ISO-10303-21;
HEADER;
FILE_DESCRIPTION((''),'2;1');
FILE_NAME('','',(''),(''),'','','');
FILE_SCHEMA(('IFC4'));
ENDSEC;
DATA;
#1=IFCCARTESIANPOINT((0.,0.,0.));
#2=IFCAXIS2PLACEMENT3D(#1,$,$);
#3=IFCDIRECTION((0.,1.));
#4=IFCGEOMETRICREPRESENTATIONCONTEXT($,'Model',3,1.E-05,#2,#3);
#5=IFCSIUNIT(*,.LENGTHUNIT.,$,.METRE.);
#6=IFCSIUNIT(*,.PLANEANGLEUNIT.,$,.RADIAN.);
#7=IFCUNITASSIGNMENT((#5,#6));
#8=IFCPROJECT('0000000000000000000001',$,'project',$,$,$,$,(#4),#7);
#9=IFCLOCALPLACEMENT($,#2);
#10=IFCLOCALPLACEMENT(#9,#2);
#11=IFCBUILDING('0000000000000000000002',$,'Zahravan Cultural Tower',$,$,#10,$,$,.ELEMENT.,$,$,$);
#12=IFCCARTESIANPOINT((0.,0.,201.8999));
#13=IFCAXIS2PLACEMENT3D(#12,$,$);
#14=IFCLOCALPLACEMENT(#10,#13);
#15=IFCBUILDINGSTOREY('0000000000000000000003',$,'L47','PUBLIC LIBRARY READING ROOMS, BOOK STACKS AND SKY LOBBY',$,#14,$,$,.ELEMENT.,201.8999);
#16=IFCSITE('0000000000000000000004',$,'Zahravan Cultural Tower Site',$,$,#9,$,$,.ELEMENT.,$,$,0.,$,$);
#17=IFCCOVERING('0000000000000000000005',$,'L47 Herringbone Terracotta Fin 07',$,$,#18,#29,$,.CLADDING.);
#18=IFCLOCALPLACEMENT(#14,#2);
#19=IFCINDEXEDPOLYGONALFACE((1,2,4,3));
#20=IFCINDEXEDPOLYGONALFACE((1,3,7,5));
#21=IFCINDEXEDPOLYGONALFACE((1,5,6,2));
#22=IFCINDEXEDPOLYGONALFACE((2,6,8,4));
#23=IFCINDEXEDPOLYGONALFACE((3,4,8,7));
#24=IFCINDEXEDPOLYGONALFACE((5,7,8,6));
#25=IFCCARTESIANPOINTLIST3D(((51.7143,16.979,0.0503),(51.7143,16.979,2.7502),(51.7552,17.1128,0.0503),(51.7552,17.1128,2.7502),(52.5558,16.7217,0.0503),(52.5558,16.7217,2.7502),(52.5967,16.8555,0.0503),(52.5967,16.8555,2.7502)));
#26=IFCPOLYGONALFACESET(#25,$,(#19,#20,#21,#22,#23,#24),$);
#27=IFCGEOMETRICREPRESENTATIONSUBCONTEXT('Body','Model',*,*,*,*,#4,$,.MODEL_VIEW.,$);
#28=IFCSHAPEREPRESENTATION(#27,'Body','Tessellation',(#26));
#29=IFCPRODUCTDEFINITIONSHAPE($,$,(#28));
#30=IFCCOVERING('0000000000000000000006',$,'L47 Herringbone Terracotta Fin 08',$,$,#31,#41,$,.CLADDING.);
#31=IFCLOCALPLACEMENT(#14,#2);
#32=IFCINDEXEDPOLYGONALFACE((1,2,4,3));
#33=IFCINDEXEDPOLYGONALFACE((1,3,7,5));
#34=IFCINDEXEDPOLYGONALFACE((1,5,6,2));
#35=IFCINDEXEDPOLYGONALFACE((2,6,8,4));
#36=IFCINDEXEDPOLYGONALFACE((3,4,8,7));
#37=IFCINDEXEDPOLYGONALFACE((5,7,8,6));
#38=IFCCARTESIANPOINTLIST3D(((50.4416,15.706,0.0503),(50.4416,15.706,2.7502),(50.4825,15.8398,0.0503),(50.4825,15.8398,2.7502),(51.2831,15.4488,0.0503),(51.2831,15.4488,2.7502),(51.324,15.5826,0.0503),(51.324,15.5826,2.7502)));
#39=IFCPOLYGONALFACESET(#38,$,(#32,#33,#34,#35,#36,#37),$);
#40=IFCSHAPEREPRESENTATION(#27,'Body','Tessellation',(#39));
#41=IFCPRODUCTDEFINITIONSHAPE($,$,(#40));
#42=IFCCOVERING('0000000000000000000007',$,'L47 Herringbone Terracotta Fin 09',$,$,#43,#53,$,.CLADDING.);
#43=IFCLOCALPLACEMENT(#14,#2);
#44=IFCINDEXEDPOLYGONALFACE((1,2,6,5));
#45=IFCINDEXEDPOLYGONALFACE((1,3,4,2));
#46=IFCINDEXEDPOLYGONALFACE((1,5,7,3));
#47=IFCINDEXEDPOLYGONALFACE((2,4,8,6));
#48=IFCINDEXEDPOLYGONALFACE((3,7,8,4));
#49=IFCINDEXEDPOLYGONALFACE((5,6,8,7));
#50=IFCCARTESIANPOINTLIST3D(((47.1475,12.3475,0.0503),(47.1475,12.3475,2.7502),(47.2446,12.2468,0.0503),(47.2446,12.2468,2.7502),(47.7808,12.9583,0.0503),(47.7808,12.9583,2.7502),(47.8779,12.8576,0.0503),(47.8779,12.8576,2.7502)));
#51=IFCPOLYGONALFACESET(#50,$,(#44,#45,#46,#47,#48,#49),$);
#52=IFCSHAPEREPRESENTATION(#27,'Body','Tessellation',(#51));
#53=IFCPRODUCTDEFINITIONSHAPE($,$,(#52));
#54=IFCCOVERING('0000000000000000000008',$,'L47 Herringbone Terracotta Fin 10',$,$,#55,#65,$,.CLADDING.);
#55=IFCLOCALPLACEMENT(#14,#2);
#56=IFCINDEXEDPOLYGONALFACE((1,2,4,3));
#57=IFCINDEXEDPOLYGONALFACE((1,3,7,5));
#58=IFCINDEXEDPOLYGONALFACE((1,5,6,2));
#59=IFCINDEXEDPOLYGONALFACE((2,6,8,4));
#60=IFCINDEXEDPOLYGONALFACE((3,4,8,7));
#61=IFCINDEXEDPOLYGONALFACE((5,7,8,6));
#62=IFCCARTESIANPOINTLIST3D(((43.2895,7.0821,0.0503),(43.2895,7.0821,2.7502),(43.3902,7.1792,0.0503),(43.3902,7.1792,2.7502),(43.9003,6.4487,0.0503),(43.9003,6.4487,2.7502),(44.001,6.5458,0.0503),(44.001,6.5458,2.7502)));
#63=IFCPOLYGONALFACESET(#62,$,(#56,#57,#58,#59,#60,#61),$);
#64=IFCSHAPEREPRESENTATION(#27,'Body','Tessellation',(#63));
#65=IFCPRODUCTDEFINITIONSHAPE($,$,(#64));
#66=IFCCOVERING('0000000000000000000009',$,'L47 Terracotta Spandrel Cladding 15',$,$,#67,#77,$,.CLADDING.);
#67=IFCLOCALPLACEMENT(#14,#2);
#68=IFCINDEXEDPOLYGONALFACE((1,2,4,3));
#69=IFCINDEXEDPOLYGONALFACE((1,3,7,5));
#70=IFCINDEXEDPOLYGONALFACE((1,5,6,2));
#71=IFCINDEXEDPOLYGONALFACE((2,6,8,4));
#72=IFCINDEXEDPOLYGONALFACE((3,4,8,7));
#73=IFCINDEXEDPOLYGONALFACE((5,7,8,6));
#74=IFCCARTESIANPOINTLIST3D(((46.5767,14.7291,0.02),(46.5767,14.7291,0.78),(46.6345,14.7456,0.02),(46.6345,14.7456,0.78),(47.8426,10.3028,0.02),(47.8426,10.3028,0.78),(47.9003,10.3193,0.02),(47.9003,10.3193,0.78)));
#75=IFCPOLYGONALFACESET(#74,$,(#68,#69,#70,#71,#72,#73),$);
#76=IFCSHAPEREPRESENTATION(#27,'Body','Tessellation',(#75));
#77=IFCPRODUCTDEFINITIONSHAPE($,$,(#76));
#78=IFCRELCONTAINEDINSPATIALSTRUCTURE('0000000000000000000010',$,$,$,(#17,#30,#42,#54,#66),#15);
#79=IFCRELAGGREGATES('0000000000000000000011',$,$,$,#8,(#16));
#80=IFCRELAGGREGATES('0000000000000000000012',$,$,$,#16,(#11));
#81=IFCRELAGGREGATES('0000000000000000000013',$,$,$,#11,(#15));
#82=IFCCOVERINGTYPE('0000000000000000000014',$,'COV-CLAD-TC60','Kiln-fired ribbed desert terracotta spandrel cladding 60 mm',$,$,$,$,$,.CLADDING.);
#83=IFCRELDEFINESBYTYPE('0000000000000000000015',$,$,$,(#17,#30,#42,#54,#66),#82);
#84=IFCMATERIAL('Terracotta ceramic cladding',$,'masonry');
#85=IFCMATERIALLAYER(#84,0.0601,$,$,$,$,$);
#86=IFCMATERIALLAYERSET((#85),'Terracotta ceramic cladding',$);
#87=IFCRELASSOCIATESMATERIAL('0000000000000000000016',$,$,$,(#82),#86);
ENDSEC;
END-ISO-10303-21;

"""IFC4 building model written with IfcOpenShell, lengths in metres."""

from ifc_helpers import new_model, si_unit, direction, frame, origin, origin_2d, place, context, subcontext, project, spatial, rectangle, extrude, source, transform, mapped, material, layer, layer_set, type_object, element, save


model = new_model("IFC4")

# Units and contexts
model_context = context("Model", 3, precision=1e-05, world=origin(), true_north=direction((0.0, 1.0)))
body_context = subcontext(model_context, "Body", "Model", "MODEL_VIEW")
ifc_project = project(units=[si_unit("LENGTHUNIT", "METRE"), si_unit("PLANEANGLEUNIT", "RADIAN")], contexts=[model_context])

# Site, building, storey
site_placement = place(None, origin())
site = spatial("IfcSite", under=ifc_project, at=site_placement, Name="Zahravan Cultural Tower Site", CompositionType="ELEMENT", RefElevation=0.0)
building_placement = place(site_placement, origin())
building = spatial("IfcBuilding", under=site, at=building_placement, Name="Zahravan Cultural Tower", CompositionType="ELEMENT")
storey_placement = place(building_placement, frame((0.0, 0.0, 201.8999)))
storey = spatial("IfcBuildingStorey", under=building, at=storey_placement, Name="L47", Description="PUBLIC LIBRARY READING ROOMS, BOOK STACKS AND SKY LOBBY", CompositionType="ELEMENT", Elevation=201.8999)

# Coverings
ifc_material_1 = material(Name="Terracotta ceramic cladding", Category="masonry")
ifc_layer_1 = layer(ifc_material_1, 0.0601)
ifc_layer_set_1 = layer_set([ifc_layer_1], Name="Terracotta ceramic cladding")
covering_type = type_object("IfcCoveringType", Name="COV-CLAD-TC60", Description="Kiln-fired ribbed desert terracotta spandrel cladding 60 mm", PredefinedType="CLADDING", material=ifc_layer_set_1)
shared_shape_1 = source(origin(), body_context, "Body", "SweptSolid", [
    extrude(rectangle(XDim=0.8799, YDim=0.1399, at=origin_2d()), origin(), (0.0, 0.0, 1.0), 2.7),
])
for number, where, z_axis, x_axis, name in (
    (1, (52.1555, 16.9172, 0.0503), (0.0, 0.0, 1.0), (0.956305, -0.292372, 0.0), "L47 Herringbone Terracotta Fin 07"),
    (2, (50.8828, 15.6443, 0.0503), (0.0, 0.0, 1.0), (0.956305, -0.292372, 0.0), "L47 Herringbone Terracotta Fin 08"),
    (3, (47.5127, 12.6025, 0.0503), (0.0, 0.0, 1.0), (0.719825, 0.694156, 0.0), "L47 Herringbone Terracotta Fin 09"),
    (4, (43.6453, 6.814, 0.0503), (0.0, 0.0, 1.0), (0.694156, -0.719825, 0.0), "L47 Herringbone Terracotta Fin 10"),
):
    element("IfcCovering", number, at=place(storey_placement, frame(where, z_axis=z_axis, x_axis=x_axis)), inside=storey, type_object=covering_type, Name=name, PredefinedType="CLADDING", context=body_context, shape_type="MappedRepresentation", body=[
        mapped(shared_shape_1, transform((0.0, 0.0, 0.0), x_axis=(1.0, 0.0, 0.0), y_axis=(0.0, 1.0, 0.0), z_axis=(0.0, 0.0, 1.0), scale=1.0)),
    ])
shared_shape_2 = source(origin(), body_context, "Body", "SweptSolid", [
    extrude(rectangle(XDim=4.6038, YDim=0.0601, at=origin_2d()), origin(), (0.0, 0.0, 1.0), 0.76),
])
covering_1_placement = place(storey_placement, frame((47.2385, 12.5242, 0.02), z_axis=(0.0, 0.0, 1.0), x_axis=(0.274966, -0.961454, 0.0)))
element("IfcCovering", 5, at=covering_1_placement, inside=storey, type_object=covering_type, Name="L47 Terracotta Spandrel Cladding 15", PredefinedType="CLADDING", context=body_context, shape_type="MappedRepresentation", body=[
    mapped(shared_shape_2, transform((0.0, 0.0, 0.0), x_axis=(1.0, 0.0, 0.0), y_axis=(0.0, 1.0, 0.0), z_axis=(0.0, 0.0, 1.0), scale=1.0)),
])

save(model, "model.ifc")
